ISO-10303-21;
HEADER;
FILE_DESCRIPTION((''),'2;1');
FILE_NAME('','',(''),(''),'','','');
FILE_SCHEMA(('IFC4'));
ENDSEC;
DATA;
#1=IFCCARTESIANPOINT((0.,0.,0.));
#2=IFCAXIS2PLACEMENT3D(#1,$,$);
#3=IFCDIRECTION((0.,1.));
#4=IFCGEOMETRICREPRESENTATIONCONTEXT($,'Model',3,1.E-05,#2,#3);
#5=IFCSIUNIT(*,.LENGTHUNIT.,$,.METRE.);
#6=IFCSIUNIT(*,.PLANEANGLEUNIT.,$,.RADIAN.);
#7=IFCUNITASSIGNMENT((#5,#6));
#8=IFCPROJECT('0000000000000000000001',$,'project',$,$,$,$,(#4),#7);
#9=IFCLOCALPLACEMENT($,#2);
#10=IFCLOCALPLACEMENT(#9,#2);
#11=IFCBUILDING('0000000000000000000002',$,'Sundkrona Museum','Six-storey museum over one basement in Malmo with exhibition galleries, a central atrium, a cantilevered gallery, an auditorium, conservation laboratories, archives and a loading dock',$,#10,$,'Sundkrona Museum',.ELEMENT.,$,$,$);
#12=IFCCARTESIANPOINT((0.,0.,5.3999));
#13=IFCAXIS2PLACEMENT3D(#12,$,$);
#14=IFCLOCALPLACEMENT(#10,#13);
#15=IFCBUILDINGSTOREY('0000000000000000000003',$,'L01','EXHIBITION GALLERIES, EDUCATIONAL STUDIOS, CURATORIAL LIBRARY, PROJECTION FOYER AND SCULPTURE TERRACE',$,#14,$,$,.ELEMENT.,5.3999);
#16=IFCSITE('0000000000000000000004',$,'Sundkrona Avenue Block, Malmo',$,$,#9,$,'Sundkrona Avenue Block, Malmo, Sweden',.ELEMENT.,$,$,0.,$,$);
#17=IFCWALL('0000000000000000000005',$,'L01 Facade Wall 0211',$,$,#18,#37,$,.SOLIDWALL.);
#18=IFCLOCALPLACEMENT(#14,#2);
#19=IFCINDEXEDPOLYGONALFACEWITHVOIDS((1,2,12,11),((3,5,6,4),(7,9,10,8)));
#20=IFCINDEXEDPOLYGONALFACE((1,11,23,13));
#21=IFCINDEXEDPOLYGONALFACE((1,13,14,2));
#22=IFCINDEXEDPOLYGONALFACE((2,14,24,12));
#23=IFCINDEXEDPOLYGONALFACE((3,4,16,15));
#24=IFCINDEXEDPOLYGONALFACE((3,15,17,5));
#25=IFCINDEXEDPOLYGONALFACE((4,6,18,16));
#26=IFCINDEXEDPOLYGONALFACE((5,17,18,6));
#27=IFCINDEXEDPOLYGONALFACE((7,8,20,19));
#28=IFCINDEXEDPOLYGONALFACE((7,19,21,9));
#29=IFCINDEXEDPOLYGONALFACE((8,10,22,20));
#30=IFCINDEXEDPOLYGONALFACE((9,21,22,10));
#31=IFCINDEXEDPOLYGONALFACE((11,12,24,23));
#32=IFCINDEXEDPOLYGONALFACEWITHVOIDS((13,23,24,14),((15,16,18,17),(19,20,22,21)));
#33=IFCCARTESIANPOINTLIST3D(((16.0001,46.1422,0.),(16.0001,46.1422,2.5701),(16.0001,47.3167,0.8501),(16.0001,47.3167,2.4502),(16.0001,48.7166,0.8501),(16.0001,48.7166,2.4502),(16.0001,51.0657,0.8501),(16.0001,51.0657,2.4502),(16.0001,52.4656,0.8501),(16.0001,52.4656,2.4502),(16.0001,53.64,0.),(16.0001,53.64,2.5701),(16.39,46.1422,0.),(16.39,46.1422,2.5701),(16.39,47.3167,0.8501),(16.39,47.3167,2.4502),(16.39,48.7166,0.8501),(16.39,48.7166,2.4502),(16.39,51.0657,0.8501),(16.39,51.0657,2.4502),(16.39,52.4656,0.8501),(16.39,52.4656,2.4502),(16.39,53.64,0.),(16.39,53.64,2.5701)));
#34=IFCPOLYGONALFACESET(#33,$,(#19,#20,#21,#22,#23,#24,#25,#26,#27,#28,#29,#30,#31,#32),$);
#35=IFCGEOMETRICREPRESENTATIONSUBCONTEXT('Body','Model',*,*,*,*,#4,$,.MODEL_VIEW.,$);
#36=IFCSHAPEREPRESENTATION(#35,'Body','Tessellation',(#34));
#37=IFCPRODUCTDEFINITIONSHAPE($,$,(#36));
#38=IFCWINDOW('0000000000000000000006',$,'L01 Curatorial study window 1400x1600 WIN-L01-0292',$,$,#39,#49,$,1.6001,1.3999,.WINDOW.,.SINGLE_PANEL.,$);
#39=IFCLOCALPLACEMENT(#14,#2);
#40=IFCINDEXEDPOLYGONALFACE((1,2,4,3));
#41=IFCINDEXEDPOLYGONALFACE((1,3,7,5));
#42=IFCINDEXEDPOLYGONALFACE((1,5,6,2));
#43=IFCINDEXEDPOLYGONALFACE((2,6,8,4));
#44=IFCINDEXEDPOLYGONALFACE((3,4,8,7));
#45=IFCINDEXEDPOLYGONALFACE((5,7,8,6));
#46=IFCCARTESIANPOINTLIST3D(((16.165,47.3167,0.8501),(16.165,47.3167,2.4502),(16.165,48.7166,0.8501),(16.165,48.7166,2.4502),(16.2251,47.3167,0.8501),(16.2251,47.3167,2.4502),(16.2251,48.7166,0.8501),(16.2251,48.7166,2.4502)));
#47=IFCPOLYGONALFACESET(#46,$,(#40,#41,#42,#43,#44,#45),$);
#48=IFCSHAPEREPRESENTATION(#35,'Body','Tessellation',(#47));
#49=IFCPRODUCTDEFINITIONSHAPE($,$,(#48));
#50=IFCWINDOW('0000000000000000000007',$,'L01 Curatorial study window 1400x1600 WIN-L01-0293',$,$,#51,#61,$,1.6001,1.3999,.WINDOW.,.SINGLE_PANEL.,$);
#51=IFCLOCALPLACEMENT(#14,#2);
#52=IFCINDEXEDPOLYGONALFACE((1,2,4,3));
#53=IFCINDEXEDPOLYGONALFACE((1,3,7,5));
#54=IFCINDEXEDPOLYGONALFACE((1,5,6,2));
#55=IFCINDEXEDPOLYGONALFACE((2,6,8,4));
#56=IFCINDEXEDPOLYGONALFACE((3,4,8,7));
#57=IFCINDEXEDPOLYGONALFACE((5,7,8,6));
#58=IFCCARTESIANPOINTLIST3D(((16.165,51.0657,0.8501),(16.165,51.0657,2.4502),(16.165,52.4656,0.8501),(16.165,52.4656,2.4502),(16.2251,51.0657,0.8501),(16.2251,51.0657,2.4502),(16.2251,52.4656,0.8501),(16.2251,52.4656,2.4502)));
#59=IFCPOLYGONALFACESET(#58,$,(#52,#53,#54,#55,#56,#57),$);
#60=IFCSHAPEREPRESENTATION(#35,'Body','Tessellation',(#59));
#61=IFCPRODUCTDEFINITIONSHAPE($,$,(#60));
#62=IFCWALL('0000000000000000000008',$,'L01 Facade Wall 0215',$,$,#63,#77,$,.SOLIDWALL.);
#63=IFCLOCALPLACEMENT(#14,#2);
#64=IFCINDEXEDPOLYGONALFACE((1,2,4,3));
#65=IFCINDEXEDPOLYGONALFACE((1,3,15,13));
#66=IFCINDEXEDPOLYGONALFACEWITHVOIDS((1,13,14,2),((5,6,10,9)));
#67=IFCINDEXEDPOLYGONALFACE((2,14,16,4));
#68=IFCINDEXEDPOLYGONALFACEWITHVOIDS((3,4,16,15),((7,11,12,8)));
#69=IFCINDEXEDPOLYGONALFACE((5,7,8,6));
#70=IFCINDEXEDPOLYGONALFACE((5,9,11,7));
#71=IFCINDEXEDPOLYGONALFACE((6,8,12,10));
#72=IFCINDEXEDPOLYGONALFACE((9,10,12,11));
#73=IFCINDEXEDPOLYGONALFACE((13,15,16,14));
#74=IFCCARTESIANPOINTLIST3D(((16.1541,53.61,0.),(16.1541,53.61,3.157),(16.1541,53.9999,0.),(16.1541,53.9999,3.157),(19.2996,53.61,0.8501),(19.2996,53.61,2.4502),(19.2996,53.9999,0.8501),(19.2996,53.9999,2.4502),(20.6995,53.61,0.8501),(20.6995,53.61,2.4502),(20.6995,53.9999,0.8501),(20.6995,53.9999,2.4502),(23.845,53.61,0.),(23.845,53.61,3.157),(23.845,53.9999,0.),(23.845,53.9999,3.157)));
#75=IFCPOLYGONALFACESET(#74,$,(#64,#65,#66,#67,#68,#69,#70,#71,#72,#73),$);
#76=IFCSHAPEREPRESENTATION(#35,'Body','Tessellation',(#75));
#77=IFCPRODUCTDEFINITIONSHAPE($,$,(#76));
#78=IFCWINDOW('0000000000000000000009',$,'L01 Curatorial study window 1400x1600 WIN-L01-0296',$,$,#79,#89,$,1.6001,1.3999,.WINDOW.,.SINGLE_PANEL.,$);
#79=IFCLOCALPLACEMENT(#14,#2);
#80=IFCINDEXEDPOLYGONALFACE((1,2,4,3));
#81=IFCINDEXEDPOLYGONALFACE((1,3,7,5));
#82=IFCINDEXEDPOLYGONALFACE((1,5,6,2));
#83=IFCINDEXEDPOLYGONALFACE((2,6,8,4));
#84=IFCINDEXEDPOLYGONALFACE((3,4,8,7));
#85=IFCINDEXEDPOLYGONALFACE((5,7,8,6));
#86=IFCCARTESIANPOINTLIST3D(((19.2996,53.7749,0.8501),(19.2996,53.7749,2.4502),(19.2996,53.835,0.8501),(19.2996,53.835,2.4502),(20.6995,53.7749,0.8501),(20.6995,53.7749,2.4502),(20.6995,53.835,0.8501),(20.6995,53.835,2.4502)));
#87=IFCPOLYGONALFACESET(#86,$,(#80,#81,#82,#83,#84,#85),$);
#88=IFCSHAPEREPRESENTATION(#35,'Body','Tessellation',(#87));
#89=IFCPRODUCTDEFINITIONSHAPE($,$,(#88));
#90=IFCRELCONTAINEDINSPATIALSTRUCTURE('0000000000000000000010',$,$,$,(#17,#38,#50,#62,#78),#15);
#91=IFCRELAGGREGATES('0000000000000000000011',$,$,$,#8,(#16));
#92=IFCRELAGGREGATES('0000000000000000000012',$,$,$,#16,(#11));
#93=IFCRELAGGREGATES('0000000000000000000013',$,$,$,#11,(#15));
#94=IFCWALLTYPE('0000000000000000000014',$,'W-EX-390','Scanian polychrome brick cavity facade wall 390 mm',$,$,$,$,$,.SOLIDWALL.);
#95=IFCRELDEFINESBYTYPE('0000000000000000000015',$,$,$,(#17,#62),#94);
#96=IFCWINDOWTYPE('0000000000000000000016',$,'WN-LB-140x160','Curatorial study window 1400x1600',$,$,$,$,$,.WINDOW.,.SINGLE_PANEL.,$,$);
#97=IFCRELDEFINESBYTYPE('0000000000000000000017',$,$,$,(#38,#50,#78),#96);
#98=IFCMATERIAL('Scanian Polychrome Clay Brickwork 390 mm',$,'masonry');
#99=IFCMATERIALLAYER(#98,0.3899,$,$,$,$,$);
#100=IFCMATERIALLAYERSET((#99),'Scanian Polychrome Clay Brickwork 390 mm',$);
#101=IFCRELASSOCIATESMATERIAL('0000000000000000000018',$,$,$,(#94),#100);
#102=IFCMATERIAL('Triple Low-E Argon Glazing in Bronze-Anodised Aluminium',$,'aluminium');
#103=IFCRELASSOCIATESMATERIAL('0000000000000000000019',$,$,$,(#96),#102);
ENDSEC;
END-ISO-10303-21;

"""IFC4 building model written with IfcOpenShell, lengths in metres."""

from ifc_helpers import new_model, si_unit, direction, frame, frame_2d, origin, place, context, subcontext, project, spatial, rectangle, extrude, material, layer, layer_set, type_object, element, fill, save


model = new_model("IFC4")

# Units and contexts
model_context = context("Model", 3, precision=1e-05, world=origin(), true_north=direction((0.0, 1.0)))
body_context = subcontext(model_context, "Body", "Model", "MODEL_VIEW")
ifc_project = project(units=[si_unit("LENGTHUNIT", "METRE"), si_unit("PLANEANGLEUNIT", "RADIAN")], contexts=[model_context])

# Site, building, storey
site_placement = place(None, origin())
site = spatial("IfcSite", under=ifc_project, at=site_placement, Name="Sundkrona Avenue Block, Malmo", LongName="Sundkrona Avenue Block, Malmo, Sweden", CompositionType="ELEMENT", RefElevation=0.0)
building_placement = place(site_placement, origin())
building = spatial("IfcBuilding", under=site, at=building_placement, Name="Sundkrona Museum", Description="Six-storey museum over one basement in Malmo with exhibition galleries, a central atrium, a cantilevered gallery, an auditorium, conservation laboratories, archives and a loading dock", LongName="Sundkrona Museum", CompositionType="ELEMENT")
storey_placement = place(building_placement, frame((0.0, 0.0, 5.3999)))
storey = spatial("IfcBuildingStorey", under=building, at=storey_placement, Name="L01", Description="EXHIBITION GALLERIES, EDUCATIONAL STUDIOS, CURATORIAL LIBRARY, PROJECTION FOYER AND SCULPTURE TERRACE", CompositionType="ELEMENT", Elevation=5.3999)

# Wall, openings, windows
ifc_material_1 = material(Name="Scanian Polychrome Clay Brickwork 390 mm", Category="masonry")
ifc_layer = layer(ifc_material_1, 0.3899)
ifc_layer_set = layer_set([ifc_layer], Name="Scanian Polychrome Clay Brickwork 390 mm")
wall_type = type_object("IfcWallType", Name="W-EX-390", Description="Scanian polychrome brick cavity facade wall 390 mm", PredefinedType="SOLIDWALL", material=ifc_layer_set)
wall_1_placement = place(storey_placement, frame((16.1951, 46.1421, 0.0), z_axis=(0.0, 0.0, 1.0), x_axis=(0.0, 1.0, 0.0)))
wall_1 = element("IfcWall", 1, at=wall_1_placement, inside=storey, type_object=wall_type, Name="L01 Facade Wall 0211", PredefinedType="SOLIDWALL", context=body_context, shape_type="SweptSolid", body=[
    extrude(rectangle(XDim=7.4978, YDim=0.3899, at=frame_2d((3.749, 0.0))), origin(), (0.0, 0.0, 1.0), 2.5701),
])
opening_1_placement = place(wall_1_placement, frame((1.1746, 0.0, 0.8501)))
opening_1 = element("IfcOpeningElement", 2, at=opening_1_placement, cuts=wall_1, PredefinedType="OPENING", context=body_context, shape_type="SweptSolid", body=[
    extrude(rectangle(XDim=1.3999, YDim=1.6001, at=frame_2d((0.7, 0.8))), frame((0.0, 0.2048, 0.0), z_axis=(0.0, -1.0, 0.0), x_axis=(1.0, 0.0, 0.0)), (0.0, 0.0, 1.0), 0.4099),
])
opening_2_placement = place(wall_1_placement, frame((4.9236, 0.0, 0.8501)))
opening_2 = element("IfcOpeningElement", 3, at=opening_2_placement, cuts=wall_1, PredefinedType="OPENING", context=body_context, shape_type="SweptSolid", body=[
    extrude(rectangle(XDim=1.3999, YDim=1.6001, at=frame_2d((0.7, 0.8))), frame((0.0, 0.2048, 0.0), z_axis=(0.0, -1.0, 0.0), x_axis=(1.0, 0.0, 0.0)), (0.0, 0.0, 1.0), 0.4099),
])
ifc_material_2 = material(Name="Triple Low-E Argon Glazing in Bronze-Anodised Aluminium", Category="aluminium")
window_type = type_object("IfcWindowType", Name="WN-LB-140x160", Description="Curatorial study window 1400x1600", PartitioningType="SINGLE_PANEL", PredefinedType="WINDOW", material=ifc_material_2)
window_1_placement = place(opening_1_placement, origin())
window_1 = element("IfcWindow", 4, at=window_1_placement, inside=storey, type_object=window_type, Name="L01 Curatorial study window 1400x1600 WIN-L01-0292", OverallHeight=1.6001, OverallWidth=1.3999, PartitioningType="SINGLE_PANEL", PredefinedType="WINDOW", context=body_context, shape_type="SweptSolid", body=[
    extrude(rectangle(XDim=1.3999, YDim=1.6001, at=frame_2d((0.7, 0.8))), frame((0.0, 0.03, 0.0), z_axis=(0.0, -1.0, 0.0), x_axis=(1.0, 0.0, 0.0)), (0.0, 0.0, 1.0), 0.0601),
])
fill(opening_1, window_1)
window_2_placement = place(opening_2_placement, origin())
window_2 = element("IfcWindow", 5, at=window_2_placement, inside=storey, type_object=window_type, Name="L01 Curatorial study window 1400x1600 WIN-L01-0293", OverallHeight=1.6001, OverallWidth=1.3999, PartitioningType="SINGLE_PANEL", PredefinedType="WINDOW", context=body_context, shape_type="SweptSolid", body=[
    extrude(rectangle(XDim=1.3999, YDim=1.6001, at=frame_2d((0.7, 0.8))), frame((0.0, 0.03, 0.0), z_axis=(0.0, -1.0, 0.0), x_axis=(1.0, 0.0, 0.0)), (0.0, 0.0, 1.0), 0.0601),
])
fill(opening_2, window_2)

# Wall, opening, window
wall_2_placement = place(storey_placement, frame((16.1541, 53.8049, 0.0), z_axis=(0.0, 0.0, 1.0), x_axis=(1.0, 0.0, 0.0)))
wall_2 = element("IfcWall", 6, at=wall_2_placement, inside=storey, type_object=wall_type, Name="L01 Facade Wall 0215", PredefinedType="SOLIDWALL", context=body_context, shape_type="SweptSolid", body=[
    extrude(rectangle(XDim=7.6909, YDim=0.3899, at=frame_2d((3.8455, 0.0))), origin(), (0.0, 0.0, 1.0), 3.157),
])
opening_3_placement = place(wall_2_placement, frame((3.1455, 0.0, 0.8501)))
opening_3 = element("IfcOpeningElement", 7, at=opening_3_placement, cuts=wall_2, PredefinedType="OPENING", context=body_context, shape_type="SweptSolid", body=[
    extrude(rectangle(XDim=1.3999, YDim=1.6001, at=frame_2d((0.7, 0.8))), frame((0.0, 0.2048, 0.0), z_axis=(0.0, -1.0, 0.0), x_axis=(1.0, 0.0, 0.0)), (0.0, 0.0, 1.0), 0.4099),
])
window_3_placement = place(opening_3_placement, origin())
window_3 = element("IfcWindow", 8, at=window_3_placement, inside=storey, type_object=window_type, Name="L01 Curatorial study window 1400x1600 WIN-L01-0296", OverallHeight=1.6001, OverallWidth=1.3999, PartitioningType="SINGLE_PANEL", PredefinedType="WINDOW", context=body_context, shape_type="SweptSolid", body=[
    extrude(rectangle(XDim=1.3999, YDim=1.6001, at=frame_2d((0.7, 0.8))), frame((0.0, 0.03, 0.0), z_axis=(0.0, -1.0, 0.0), x_axis=(1.0, 0.0, 0.0)), (0.0, 0.0, 1.0), 0.0601),
])
fill(opening_3, window_3)

save(model, "model.ifc")
